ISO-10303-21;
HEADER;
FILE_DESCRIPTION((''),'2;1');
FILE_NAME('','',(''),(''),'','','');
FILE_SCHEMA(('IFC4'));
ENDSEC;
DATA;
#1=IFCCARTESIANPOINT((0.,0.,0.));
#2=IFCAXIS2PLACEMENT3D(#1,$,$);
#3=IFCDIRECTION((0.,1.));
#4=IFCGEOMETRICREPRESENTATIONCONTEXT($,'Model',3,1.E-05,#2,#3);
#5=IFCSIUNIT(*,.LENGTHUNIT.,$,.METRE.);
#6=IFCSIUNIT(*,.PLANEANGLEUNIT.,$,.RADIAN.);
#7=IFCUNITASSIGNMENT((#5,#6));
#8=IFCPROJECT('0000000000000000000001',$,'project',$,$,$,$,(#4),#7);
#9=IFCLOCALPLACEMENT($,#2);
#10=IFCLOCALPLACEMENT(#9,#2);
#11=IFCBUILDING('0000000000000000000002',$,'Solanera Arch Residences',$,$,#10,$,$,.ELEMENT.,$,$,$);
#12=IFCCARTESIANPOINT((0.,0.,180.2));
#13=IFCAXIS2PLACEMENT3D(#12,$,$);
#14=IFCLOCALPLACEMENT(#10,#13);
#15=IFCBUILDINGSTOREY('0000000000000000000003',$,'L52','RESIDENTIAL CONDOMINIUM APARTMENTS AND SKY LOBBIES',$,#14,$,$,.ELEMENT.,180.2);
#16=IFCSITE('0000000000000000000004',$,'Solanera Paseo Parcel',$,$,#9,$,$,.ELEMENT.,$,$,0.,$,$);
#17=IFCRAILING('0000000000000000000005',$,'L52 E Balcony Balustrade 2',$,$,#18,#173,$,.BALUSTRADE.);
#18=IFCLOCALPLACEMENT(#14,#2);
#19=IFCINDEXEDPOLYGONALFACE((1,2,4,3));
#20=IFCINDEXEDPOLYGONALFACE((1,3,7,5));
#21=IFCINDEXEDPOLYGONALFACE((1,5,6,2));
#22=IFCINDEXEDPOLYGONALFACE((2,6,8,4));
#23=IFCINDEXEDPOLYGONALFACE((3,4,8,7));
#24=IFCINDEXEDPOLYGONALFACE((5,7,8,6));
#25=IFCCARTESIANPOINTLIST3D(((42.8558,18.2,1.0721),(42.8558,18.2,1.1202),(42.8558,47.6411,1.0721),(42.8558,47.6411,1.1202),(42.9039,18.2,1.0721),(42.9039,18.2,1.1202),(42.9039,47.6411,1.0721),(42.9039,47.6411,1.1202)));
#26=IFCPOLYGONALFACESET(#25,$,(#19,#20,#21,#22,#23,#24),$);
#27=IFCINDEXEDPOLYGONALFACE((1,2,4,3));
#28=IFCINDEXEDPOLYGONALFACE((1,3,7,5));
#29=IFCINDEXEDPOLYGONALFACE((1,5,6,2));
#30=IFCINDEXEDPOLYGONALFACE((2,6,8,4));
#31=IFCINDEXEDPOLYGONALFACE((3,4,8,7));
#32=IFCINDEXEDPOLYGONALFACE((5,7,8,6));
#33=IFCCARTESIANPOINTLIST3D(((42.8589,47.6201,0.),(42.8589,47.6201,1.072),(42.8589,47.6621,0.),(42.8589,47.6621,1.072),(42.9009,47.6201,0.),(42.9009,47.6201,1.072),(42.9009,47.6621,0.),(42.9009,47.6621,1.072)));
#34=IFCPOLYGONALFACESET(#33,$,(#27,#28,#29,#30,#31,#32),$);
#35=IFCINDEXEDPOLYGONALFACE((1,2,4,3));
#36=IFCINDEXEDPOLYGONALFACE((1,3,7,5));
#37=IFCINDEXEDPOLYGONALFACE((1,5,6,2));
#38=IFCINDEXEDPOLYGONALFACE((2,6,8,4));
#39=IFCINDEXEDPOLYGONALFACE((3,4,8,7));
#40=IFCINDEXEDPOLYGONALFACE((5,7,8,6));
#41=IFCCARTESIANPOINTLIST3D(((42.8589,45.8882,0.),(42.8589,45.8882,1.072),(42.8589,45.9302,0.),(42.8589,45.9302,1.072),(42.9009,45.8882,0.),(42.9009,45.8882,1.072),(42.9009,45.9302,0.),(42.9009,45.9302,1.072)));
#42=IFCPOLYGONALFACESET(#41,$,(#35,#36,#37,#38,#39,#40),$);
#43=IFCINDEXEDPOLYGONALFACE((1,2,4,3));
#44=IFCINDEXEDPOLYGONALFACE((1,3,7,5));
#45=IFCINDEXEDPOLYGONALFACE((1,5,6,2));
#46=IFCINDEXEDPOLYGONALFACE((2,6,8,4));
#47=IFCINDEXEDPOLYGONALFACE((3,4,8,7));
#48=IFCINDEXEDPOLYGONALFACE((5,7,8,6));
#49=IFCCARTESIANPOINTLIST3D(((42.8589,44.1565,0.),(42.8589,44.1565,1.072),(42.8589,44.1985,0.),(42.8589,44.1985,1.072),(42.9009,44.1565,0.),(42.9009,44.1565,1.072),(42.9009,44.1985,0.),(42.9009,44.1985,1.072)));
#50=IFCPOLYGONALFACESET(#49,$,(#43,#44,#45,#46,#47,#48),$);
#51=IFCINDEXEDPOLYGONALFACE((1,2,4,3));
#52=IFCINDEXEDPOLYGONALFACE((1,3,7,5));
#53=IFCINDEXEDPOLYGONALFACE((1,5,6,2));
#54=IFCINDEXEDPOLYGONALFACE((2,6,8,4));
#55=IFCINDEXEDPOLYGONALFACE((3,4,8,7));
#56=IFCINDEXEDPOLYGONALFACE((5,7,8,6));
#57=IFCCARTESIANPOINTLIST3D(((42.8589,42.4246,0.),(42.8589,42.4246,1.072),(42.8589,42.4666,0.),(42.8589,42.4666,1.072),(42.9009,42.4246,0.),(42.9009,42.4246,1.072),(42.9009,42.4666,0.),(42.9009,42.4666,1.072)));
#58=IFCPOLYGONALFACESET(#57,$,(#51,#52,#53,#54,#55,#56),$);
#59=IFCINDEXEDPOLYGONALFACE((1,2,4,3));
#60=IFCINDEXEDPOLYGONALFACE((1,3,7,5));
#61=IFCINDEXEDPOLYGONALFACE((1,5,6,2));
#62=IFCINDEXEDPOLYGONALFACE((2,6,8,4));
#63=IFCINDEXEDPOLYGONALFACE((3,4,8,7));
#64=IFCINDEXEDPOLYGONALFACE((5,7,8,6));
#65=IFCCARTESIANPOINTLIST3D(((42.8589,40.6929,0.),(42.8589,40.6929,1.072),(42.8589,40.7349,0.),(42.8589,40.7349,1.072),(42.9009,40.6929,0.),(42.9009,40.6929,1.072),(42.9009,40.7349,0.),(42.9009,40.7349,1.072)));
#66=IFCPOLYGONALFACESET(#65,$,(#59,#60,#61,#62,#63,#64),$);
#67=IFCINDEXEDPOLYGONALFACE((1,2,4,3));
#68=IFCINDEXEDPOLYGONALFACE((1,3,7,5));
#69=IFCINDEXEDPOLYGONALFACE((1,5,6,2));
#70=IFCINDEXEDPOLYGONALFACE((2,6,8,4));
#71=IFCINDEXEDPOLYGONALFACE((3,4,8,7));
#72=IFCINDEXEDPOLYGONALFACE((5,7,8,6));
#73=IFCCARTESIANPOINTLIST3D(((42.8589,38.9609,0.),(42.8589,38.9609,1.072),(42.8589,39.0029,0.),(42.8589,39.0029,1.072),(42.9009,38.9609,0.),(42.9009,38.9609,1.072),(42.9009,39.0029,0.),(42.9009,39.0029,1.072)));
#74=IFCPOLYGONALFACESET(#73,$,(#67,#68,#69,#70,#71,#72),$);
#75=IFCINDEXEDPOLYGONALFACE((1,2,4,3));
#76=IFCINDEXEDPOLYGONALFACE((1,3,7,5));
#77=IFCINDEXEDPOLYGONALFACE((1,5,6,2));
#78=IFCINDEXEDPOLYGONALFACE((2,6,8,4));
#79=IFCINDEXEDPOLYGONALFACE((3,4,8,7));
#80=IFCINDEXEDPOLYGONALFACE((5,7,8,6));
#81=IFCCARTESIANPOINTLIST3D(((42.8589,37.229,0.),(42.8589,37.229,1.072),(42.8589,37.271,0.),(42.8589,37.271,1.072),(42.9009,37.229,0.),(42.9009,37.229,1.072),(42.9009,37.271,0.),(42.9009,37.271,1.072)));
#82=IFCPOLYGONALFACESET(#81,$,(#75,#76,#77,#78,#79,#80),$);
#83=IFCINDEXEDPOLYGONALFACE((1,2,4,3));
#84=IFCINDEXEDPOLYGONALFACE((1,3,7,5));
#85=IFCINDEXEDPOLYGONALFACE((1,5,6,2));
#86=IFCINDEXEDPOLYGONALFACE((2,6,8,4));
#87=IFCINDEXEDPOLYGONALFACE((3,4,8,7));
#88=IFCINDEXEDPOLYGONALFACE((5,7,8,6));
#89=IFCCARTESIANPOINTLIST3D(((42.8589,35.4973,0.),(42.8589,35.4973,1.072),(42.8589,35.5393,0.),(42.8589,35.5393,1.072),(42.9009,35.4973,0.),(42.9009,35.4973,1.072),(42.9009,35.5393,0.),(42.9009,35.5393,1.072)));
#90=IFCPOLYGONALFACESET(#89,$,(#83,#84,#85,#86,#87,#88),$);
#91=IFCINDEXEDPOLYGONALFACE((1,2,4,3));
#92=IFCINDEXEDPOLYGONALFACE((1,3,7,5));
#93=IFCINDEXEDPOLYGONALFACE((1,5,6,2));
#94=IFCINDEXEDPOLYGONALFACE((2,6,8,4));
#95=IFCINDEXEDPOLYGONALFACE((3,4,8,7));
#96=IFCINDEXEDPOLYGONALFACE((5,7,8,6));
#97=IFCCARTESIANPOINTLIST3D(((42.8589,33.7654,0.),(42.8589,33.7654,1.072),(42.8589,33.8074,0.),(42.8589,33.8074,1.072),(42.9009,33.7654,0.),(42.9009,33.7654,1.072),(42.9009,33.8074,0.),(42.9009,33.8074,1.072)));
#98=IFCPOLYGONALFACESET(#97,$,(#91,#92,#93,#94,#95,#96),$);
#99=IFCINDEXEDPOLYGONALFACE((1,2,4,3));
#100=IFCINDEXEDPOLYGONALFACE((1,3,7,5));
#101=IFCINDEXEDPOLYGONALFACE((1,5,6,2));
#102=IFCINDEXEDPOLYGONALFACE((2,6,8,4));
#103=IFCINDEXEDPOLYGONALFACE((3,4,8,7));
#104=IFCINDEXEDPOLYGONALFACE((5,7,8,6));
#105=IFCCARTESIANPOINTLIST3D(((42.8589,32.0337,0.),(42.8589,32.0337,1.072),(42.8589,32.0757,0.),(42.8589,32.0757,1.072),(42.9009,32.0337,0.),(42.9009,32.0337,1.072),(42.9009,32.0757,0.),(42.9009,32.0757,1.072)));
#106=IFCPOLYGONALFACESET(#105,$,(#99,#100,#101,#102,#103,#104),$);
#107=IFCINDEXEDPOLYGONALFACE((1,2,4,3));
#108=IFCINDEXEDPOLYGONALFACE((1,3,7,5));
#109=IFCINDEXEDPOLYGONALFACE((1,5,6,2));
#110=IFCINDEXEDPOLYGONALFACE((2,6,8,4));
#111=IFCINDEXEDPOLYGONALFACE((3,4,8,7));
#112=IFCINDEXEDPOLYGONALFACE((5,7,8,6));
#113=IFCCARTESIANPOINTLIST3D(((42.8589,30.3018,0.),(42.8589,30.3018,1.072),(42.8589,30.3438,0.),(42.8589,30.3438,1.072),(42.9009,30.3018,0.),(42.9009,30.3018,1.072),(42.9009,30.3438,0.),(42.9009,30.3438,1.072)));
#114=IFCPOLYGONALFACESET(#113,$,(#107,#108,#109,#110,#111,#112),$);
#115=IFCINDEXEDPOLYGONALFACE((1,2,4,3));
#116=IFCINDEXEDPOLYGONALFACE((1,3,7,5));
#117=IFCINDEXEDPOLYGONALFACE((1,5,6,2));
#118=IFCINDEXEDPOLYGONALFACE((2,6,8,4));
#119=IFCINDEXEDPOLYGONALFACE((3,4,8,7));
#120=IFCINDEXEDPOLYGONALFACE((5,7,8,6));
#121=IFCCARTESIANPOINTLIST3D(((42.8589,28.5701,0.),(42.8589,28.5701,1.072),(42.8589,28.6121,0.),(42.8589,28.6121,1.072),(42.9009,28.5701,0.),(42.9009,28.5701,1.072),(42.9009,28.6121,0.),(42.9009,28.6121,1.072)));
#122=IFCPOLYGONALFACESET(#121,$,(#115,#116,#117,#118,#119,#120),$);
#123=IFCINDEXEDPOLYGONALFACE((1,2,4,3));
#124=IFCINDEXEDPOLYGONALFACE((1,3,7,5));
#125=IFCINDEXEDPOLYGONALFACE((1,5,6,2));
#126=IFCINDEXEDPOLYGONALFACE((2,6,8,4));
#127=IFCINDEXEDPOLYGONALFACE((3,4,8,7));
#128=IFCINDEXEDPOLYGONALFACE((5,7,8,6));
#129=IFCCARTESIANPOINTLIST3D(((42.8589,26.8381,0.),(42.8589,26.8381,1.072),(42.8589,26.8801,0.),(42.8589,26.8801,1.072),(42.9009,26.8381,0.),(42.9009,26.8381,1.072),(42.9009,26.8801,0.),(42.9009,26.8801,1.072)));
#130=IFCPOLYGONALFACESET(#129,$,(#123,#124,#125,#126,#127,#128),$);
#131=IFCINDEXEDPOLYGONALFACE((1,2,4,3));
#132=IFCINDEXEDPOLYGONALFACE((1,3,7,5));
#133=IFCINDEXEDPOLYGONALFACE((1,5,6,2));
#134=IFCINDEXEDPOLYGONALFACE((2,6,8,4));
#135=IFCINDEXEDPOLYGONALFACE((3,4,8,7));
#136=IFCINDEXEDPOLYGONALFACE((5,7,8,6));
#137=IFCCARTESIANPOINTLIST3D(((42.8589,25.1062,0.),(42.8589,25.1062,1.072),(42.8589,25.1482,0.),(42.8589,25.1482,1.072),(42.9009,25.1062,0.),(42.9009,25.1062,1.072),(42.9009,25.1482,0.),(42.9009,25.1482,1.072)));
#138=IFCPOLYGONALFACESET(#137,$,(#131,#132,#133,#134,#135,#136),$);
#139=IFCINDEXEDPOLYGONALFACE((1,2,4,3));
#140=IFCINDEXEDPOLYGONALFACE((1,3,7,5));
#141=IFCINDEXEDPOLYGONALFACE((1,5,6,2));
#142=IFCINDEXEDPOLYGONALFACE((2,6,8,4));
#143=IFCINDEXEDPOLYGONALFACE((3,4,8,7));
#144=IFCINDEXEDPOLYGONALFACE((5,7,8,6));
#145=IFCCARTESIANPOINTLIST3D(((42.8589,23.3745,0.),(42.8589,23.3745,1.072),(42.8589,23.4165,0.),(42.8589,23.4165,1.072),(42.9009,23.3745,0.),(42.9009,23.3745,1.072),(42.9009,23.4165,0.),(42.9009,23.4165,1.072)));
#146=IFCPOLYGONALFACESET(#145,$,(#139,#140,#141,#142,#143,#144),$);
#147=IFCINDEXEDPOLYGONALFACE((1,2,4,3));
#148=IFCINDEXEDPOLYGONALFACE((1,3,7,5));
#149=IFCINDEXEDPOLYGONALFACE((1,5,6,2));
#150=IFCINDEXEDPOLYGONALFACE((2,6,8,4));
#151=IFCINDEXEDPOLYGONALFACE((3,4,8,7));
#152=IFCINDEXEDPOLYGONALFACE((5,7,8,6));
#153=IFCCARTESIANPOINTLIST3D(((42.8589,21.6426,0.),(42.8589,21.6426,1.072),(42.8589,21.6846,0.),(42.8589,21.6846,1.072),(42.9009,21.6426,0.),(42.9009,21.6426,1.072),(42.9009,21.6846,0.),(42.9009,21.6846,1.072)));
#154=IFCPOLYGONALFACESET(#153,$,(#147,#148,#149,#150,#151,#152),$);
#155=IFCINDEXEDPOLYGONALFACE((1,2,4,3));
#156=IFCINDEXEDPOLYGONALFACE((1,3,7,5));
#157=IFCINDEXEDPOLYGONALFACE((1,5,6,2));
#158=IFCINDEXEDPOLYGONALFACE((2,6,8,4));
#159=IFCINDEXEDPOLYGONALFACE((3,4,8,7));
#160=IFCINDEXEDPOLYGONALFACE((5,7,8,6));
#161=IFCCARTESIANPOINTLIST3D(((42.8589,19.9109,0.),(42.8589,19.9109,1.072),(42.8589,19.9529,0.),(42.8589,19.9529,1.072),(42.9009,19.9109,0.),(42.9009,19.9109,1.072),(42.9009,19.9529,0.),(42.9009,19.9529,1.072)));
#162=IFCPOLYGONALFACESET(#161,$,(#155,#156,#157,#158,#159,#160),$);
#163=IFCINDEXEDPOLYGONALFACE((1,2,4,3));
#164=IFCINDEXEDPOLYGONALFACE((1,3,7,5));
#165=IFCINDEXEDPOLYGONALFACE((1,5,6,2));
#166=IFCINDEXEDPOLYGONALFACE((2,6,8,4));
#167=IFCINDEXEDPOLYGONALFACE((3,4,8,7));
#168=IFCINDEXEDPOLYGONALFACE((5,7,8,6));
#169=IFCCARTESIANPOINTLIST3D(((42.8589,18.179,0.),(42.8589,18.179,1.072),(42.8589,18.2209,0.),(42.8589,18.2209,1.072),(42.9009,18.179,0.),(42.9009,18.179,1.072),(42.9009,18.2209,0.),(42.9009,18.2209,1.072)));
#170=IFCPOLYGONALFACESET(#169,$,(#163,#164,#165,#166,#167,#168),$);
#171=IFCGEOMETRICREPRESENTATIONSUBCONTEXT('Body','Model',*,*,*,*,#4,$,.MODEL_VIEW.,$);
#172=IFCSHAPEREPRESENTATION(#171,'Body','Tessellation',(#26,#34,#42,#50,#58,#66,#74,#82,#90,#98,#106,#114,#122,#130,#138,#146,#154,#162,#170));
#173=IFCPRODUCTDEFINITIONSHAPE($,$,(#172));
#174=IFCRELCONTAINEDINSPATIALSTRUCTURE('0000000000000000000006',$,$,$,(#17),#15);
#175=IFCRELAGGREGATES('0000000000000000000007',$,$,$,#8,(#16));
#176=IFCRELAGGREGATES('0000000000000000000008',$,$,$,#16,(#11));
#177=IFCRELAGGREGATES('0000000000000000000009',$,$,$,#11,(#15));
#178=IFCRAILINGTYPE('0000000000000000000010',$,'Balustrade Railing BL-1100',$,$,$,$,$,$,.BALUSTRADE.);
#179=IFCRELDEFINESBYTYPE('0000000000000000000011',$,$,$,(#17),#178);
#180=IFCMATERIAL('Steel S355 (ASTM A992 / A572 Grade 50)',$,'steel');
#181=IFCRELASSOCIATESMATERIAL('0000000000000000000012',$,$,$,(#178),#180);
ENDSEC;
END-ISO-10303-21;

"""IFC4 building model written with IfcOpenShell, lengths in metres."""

from ifc_helpers import new_model, si_unit, direction, frame, origin, origin_2d, place, context, subcontext, project, spatial, rectangle, extrude, material, type_object, element, save


model = new_model("IFC4")

# Units and contexts
model_context = context("Model", 3, precision=1e-05, world=origin(), true_north=direction((0.0, 1.0)))
body_context = subcontext(model_context, "Body", "Model", "MODEL_VIEW")
ifc_project = project(units=[si_unit("LENGTHUNIT", "METRE"), si_unit("PLANEANGLEUNIT", "RADIAN")], contexts=[model_context])

# Site, building, storey
site_placement = place(None, origin())
site = spatial("IfcSite", under=ifc_project, at=site_placement, Name="Solanera Paseo Parcel", CompositionType="ELEMENT", RefElevation=0.0)
building_placement = place(site_placement, origin())
building = spatial("IfcBuilding", under=site, at=building_placement, Name="Solanera Arch Residences", CompositionType="ELEMENT")
storey_placement = place(building_placement, frame((0.0, 0.0, 180.2)))
storey = spatial("IfcBuildingStorey", under=building, at=storey_placement, Name="L52", Description="RESIDENTIAL CONDOMINIUM APARTMENTS AND SKY LOBBIES", CompositionType="ELEMENT", Elevation=180.2)

# Railing
ifc_material_1 = material(Name="Steel S355 (ASTM A992 / A572 Grade 50)", Category="steel")
railing_type = type_object("IfcRailingType", Name="Balustrade Railing BL-1100", PredefinedType="BALUSTRADE", material=ifc_material_1)
railing_1_placement = place(storey_placement, frame((42.8799, 47.6411, 0.0)))
element("IfcRailing", 1, at=railing_1_placement, inside=storey, type_object=railing_type, Name="L52 E Balcony Balustrade 2", PredefinedType="BALUSTRADE", context=body_context, shape_type="SweptSolid", body=[
    extrude(rectangle(XDim=0.0481, YDim=0.0481, at=origin_2d()), frame((0.0, 0.0, 1.0962), z_axis=(0.0, -1.0, 0.0), x_axis=(1.0, 0.0, 0.0)), (0.0, 0.0, 1.0), 29.4412),
    extrude(rectangle(XDim=0.042, YDim=0.042, at=origin_2d()), origin(), (0.0, 0.0, 1.0), 1.072),
    extrude(rectangle(XDim=0.042, YDim=0.042, at=origin_2d()), frame((0.0, -1.7319, 0.0)), (0.0, 0.0, 1.0), 1.072),
    extrude(rectangle(XDim=0.042, YDim=0.042, at=origin_2d()), frame((0.0, -3.4636, 0.0)), (0.0, 0.0, 1.0), 1.072),
    extrude(rectangle(XDim=0.042, YDim=0.042, at=origin_2d()), frame((0.0, -5.1956, 0.0)), (0.0, 0.0, 1.0), 1.072),
    extrude(rectangle(XDim=0.042, YDim=0.042, at=origin_2d()), frame((0.0, -6.9272, 0.0)), (0.0, 0.0, 1.0), 1.072),
    extrude(rectangle(XDim=0.042, YDim=0.042, at=origin_2d()), frame((0.0, -8.6592, 0.0)), (0.0, 0.0, 1.0), 1.072),
    extrude(rectangle(XDim=0.042, YDim=0.042, at=origin_2d()), frame((0.0, -10.3911, 0.0)), (0.0, 0.0, 1.0), 1.072),
    extrude(rectangle(XDim=0.042, YDim=0.042, at=origin_2d()), frame((0.0, -12.1228, 0.0)), (0.0, 0.0, 1.0), 1.072),
    extrude(rectangle(XDim=0.042, YDim=0.042, at=origin_2d()), frame((0.0, -13.8547, 0.0)), (0.0, 0.0, 1.0), 1.072),
    extrude(rectangle(XDim=0.042, YDim=0.042, at=origin_2d()), frame((0.0, -15.5864, 0.0)), (0.0, 0.0, 1.0), 1.072),
    extrude(rectangle(XDim=0.042, YDim=0.042, at=origin_2d()), frame((0.0, -17.3184, 0.0)), (0.0, 0.0, 1.0), 1.072),
    extrude(rectangle(XDim=0.042, YDim=0.042, at=origin_2d()), frame((0.0, -19.05, 0.0)), (0.0, 0.0, 1.0), 1.072),
    extrude(rectangle(XDim=0.042, YDim=0.042, at=origin_2d()), frame((0.0, -20.782, 0.0)), (0.0, 0.0, 1.0), 1.072),
    extrude(rectangle(XDim=0.042, YDim=0.042, at=origin_2d()), frame((0.0, -22.5139, 0.0)), (0.0, 0.0, 1.0), 1.072),
    extrude(rectangle(XDim=0.042, YDim=0.042, at=origin_2d()), frame((0.0, -24.2456, 0.0)), (0.0, 0.0, 1.0), 1.072),
    extrude(rectangle(XDim=0.042, YDim=0.042, at=origin_2d()), frame((0.0, -25.9775, 0.0)), (0.0, 0.0, 1.0), 1.072),
    extrude(rectangle(XDim=0.042, YDim=0.042, at=origin_2d()), frame((0.0, -27.7092, 0.0)), (0.0, 0.0, 1.0), 1.072),
    extrude(rectangle(XDim=0.042, YDim=0.042, at=origin_2d()), frame((0.0, -29.4412, 0.0)), (0.0, 0.0, 1.0), 1.072),
])

save(model, "model.ifc")
